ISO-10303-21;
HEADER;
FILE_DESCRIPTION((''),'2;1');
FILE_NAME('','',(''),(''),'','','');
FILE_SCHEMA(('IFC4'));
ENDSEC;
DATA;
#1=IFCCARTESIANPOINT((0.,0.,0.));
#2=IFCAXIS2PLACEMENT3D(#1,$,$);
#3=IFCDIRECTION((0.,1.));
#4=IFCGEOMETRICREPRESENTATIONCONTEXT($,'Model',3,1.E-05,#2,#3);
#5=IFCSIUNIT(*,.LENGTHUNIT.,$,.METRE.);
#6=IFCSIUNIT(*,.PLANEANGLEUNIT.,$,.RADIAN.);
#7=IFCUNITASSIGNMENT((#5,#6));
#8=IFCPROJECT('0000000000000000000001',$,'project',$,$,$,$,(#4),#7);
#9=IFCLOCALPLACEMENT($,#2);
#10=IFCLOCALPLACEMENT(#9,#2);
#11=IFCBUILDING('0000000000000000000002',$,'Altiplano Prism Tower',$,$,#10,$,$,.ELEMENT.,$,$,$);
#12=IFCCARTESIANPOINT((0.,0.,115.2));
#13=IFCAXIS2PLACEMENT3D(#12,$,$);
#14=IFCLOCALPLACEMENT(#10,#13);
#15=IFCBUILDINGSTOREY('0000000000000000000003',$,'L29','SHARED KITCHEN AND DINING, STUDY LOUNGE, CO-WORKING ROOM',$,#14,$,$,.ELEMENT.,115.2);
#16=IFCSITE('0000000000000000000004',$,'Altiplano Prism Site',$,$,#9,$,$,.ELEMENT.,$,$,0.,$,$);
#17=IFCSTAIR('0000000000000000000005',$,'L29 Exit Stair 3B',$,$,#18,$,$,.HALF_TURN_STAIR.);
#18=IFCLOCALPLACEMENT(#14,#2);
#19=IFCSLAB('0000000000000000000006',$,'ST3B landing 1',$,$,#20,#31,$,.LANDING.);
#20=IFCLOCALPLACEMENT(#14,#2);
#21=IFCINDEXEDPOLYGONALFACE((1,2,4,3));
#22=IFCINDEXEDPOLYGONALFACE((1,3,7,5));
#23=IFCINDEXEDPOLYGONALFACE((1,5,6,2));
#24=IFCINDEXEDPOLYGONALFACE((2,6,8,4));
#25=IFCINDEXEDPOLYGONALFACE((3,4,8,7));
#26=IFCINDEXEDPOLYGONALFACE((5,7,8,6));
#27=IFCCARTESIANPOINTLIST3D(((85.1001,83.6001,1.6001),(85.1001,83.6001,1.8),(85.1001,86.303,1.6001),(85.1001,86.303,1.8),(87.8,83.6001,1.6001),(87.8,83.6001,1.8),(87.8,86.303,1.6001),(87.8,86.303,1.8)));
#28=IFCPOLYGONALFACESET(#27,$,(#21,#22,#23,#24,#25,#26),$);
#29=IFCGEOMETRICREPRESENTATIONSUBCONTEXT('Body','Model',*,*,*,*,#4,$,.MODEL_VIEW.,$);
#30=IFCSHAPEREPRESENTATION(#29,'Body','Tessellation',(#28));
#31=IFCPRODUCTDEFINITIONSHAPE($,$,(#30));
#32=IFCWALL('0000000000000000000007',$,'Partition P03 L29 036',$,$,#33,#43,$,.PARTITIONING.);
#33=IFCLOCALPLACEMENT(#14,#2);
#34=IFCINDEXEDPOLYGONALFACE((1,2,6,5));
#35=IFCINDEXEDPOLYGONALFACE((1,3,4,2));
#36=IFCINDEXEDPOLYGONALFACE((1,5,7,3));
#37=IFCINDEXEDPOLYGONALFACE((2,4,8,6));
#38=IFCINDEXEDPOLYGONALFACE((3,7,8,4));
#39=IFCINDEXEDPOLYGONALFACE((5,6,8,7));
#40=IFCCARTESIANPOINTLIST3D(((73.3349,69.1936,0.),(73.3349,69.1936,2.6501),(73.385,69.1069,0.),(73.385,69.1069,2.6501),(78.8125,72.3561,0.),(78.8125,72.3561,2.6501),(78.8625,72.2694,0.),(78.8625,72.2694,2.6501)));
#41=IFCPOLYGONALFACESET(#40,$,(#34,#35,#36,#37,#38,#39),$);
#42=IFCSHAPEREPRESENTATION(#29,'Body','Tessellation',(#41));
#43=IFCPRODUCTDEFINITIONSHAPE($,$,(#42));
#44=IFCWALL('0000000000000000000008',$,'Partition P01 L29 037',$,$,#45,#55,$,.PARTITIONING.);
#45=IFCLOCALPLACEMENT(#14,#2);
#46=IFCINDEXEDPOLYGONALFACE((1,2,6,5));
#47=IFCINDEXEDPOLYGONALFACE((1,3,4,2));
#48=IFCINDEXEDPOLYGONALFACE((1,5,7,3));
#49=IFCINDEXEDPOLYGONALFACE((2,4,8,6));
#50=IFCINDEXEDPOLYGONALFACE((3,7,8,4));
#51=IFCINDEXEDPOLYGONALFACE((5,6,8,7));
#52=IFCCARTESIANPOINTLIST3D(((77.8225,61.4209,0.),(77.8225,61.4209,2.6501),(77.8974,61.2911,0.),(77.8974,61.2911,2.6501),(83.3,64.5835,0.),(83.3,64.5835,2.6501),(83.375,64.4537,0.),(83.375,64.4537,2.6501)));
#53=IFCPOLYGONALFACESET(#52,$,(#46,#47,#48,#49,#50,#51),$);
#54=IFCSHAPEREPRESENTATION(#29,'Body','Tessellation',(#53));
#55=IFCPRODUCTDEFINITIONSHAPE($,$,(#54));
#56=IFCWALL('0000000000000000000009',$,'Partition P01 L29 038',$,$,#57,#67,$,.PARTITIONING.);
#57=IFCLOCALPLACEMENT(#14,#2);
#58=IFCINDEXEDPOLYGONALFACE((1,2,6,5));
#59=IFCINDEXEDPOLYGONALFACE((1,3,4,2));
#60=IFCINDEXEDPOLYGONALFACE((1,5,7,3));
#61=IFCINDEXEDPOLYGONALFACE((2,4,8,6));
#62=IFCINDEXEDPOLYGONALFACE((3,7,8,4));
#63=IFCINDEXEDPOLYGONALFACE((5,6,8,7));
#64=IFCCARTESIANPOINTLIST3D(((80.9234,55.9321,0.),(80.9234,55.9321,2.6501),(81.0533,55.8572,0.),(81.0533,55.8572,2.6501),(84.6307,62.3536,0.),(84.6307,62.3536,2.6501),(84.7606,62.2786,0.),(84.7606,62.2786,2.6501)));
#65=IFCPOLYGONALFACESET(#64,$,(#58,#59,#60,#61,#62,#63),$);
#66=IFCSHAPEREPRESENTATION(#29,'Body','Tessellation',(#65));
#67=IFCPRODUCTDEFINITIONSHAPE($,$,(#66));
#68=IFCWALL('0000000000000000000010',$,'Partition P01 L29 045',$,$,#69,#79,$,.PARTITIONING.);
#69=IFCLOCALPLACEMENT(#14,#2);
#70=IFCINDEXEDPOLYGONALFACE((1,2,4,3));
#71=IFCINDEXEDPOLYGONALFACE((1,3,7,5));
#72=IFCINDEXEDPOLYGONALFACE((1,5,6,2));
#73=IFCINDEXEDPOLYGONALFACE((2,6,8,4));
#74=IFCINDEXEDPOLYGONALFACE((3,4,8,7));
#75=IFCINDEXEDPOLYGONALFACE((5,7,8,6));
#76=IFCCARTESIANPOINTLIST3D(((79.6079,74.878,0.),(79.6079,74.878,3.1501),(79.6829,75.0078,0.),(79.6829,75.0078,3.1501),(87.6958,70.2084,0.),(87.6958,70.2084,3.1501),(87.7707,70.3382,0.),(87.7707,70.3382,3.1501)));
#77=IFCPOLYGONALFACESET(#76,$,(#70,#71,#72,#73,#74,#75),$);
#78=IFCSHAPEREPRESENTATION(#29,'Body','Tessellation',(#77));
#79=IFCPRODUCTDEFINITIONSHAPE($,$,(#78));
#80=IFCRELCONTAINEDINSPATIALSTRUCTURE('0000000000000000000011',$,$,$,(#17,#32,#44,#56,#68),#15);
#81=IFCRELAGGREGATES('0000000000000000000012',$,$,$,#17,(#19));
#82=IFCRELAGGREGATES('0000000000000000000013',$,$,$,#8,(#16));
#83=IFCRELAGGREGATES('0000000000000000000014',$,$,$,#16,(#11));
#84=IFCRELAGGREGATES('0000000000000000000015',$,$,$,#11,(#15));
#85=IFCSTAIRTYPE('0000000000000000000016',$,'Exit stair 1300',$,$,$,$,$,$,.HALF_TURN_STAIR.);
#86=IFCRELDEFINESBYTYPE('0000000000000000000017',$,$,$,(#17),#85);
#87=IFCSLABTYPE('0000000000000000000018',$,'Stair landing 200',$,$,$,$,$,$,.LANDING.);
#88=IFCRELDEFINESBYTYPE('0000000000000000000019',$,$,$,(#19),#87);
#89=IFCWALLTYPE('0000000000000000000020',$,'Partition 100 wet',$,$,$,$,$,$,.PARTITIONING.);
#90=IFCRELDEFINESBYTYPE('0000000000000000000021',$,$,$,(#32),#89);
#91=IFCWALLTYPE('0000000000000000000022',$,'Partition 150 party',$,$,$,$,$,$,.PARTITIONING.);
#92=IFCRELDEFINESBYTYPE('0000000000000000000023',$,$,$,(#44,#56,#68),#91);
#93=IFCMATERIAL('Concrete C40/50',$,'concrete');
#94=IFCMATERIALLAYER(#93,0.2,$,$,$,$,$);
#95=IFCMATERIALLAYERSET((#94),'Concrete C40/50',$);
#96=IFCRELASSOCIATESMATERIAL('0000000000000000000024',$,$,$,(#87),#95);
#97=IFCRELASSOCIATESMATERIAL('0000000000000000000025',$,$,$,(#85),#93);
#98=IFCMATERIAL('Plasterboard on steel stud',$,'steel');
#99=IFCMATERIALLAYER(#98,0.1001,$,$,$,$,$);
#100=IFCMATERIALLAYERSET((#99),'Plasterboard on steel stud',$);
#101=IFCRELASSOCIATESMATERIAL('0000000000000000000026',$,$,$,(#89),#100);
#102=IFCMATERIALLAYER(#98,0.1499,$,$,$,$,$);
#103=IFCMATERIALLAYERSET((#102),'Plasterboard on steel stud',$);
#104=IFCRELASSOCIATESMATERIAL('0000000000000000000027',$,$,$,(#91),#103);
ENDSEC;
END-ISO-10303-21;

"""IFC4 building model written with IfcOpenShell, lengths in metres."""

from ifc_helpers import new_model, si_unit, direction, frame, frame_2d, origin, place, context, subcontext, project, spatial, polyline, rectangle, outline, extrude, material, layer, layer_set, type_object, element, aggregate, save


model = new_model("IFC4")

# Units and contexts
model_context = context("Model", 3, precision=1e-05, world=origin(), true_north=direction((0.0, 1.0)))
body_context = subcontext(model_context, "Body", "Model", "MODEL_VIEW")
ifc_project = project(units=[si_unit("LENGTHUNIT", "METRE"), si_unit("PLANEANGLEUNIT", "RADIAN")], contexts=[model_context])

# Site, building, storey
site_placement = place(None, origin())
site = spatial("IfcSite", under=ifc_project, at=site_placement, Name="Altiplano Prism Site", CompositionType="ELEMENT", RefElevation=0.0)
building_placement = place(site_placement, origin())
building = spatial("IfcBuilding", under=site, at=building_placement, Name="Altiplano Prism Tower", CompositionType="ELEMENT")
storey_placement = place(building_placement, frame((0.0, 0.0, 115.2)))
storey = spatial("IfcBuildingStorey", under=building, at=storey_placement, Name="L29", Description="SHARED KITCHEN AND DINING, STUDY LOUNGE, CO-WORKING ROOM", CompositionType="ELEMENT", Elevation=115.2)

# Shared definitions
ifc_material_1 = material(Name="Concrete C40/50", Category="concrete")

# Stair, slab
ifc_layer_1 = layer(ifc_material_1, 0.2)
ifc_layer_set_1 = layer_set([ifc_layer_1], Name="Concrete C40/50")
slab_type_1 = type_object("IfcSlabType", Name="Stair landing 200", PredefinedType="LANDING", material=ifc_layer_set_1)
stair_type_1 = type_object("IfcStairType", Name="Exit stair 1300", PredefinedType="HALF_TURN_STAIR", material=ifc_material_1)
stair_1_placement = place(storey_placement, origin())
stair_1 = element("IfcStair", 1, at=stair_1_placement, inside=storey, type_object=stair_type_1, Name="L29 Exit Stair 3B", PredefinedType="HALF_TURN_STAIR")
slab_1_placement = place(storey_placement, frame((0.0, 0.0, 1.6001)))
slab_1 = element("IfcSlab", 2, at=slab_1_placement, type_object=slab_type_1, Name="ST3B landing 1", PredefinedType="LANDING", context=body_context, shape_type="SweptSolid", body=[
    extrude(outline(polyline([(85.1001, 86.303), (85.1001, 83.6001), (87.8, 83.6001), (87.8, 86.303), (85.1001, 86.303)])), origin(), (0.0, 0.0, 1.0), 0.2),
])
aggregate(stair_1, [slab_1])

# Walls
ifc_material_2 = material(Name="Plasterboard on steel stud", Category="steel")
ifc_layer_2 = layer(ifc_material_2, 0.1001)
ifc_layer_set_2 = layer_set([ifc_layer_2], Name="Plasterboard on steel stud")
wall_type_1 = type_object("IfcWallType", Name="Partition 100 wet", PredefinedType="PARTITIONING", material=ifc_layer_set_2)
wall_1_placement = place(storey_placement, frame((73.3599, 69.1501, 0.0), z_axis=(0.0, 0.0, 1.0), x_axis=(0.866016, 0.500016, 0.0)))
element("IfcWall", 3, at=wall_1_placement, inside=storey, type_object=wall_type_1, Name="Partition P03 L29 036", PredefinedType="PARTITIONING", context=body_context, shape_type="SweptSolid", body=[
    extrude(rectangle(XDim=6.325, YDim=0.1001, at=frame_2d((3.1626, 0.0))), origin(), (0.0, 0.0, 1.0), 2.6501),
])
ifc_layer_3 = layer(ifc_material_2, 0.1499)
ifc_layer_set_3 = layer_set([ifc_layer_3], Name="Plasterboard on steel stud")
wall_type_2 = type_object("IfcWallType", Name="Partition 150 party", PredefinedType="PARTITIONING", material=ifc_layer_set_3)
wall_2_placement = place(storey_placement, frame((77.8599, 61.356, 0.0), z_axis=(0.0, 0.0, 1.0), x_axis=(0.866016, 0.500016, 0.0)))
element("IfcWall", 4, at=wall_2_placement, inside=storey, type_object=wall_type_2, Name="Partition P01 L29 037", PredefinedType="PARTITIONING", context=body_context, shape_type="SweptSolid", body=[
    extrude(rectangle(XDim=6.325, YDim=0.1499, at=frame_2d((3.1626, 0.0))), origin(), (0.0, 0.0, 1.0), 2.6501),
])
wall_3_placement = place(storey_placement, frame((80.9883, 55.8945, 0.0), z_axis=(0.0, 0.0, 1.0), x_axis=(0.499988, 0.866032, 0.0)))
element("IfcWall", 5, at=wall_3_placement, inside=storey, type_object=wall_type_2, Name="Partition P01 L29 038", PredefinedType="PARTITIONING", context=body_context, shape_type="SweptSolid", body=[
    extrude(rectangle(XDim=7.4148, YDim=0.1499, at=frame_2d((3.7075, 0.0))), origin(), (0.0, 0.0, 1.0), 2.6501),
])
wall_4_placement = place(storey_placement, frame((79.6455, 74.9429, 0.0), z_axis=(0.0, 0.0, 1.0), x_axis=(0.866019, -0.500011, 0.0)))
element("IfcWall", 6, at=wall_4_placement, inside=storey, type_object=wall_type_2, Name="Partition P01 L29 045", PredefinedType="PARTITIONING", context=body_context, shape_type="SweptSolid", body=[
    extrude(rectangle(XDim=9.3391, YDim=0.1499, at=frame_2d((4.6694, 0.0))), origin(), (0.0, 0.0, 1.0), 3.1501),
])

save(model, "model.ifc")
